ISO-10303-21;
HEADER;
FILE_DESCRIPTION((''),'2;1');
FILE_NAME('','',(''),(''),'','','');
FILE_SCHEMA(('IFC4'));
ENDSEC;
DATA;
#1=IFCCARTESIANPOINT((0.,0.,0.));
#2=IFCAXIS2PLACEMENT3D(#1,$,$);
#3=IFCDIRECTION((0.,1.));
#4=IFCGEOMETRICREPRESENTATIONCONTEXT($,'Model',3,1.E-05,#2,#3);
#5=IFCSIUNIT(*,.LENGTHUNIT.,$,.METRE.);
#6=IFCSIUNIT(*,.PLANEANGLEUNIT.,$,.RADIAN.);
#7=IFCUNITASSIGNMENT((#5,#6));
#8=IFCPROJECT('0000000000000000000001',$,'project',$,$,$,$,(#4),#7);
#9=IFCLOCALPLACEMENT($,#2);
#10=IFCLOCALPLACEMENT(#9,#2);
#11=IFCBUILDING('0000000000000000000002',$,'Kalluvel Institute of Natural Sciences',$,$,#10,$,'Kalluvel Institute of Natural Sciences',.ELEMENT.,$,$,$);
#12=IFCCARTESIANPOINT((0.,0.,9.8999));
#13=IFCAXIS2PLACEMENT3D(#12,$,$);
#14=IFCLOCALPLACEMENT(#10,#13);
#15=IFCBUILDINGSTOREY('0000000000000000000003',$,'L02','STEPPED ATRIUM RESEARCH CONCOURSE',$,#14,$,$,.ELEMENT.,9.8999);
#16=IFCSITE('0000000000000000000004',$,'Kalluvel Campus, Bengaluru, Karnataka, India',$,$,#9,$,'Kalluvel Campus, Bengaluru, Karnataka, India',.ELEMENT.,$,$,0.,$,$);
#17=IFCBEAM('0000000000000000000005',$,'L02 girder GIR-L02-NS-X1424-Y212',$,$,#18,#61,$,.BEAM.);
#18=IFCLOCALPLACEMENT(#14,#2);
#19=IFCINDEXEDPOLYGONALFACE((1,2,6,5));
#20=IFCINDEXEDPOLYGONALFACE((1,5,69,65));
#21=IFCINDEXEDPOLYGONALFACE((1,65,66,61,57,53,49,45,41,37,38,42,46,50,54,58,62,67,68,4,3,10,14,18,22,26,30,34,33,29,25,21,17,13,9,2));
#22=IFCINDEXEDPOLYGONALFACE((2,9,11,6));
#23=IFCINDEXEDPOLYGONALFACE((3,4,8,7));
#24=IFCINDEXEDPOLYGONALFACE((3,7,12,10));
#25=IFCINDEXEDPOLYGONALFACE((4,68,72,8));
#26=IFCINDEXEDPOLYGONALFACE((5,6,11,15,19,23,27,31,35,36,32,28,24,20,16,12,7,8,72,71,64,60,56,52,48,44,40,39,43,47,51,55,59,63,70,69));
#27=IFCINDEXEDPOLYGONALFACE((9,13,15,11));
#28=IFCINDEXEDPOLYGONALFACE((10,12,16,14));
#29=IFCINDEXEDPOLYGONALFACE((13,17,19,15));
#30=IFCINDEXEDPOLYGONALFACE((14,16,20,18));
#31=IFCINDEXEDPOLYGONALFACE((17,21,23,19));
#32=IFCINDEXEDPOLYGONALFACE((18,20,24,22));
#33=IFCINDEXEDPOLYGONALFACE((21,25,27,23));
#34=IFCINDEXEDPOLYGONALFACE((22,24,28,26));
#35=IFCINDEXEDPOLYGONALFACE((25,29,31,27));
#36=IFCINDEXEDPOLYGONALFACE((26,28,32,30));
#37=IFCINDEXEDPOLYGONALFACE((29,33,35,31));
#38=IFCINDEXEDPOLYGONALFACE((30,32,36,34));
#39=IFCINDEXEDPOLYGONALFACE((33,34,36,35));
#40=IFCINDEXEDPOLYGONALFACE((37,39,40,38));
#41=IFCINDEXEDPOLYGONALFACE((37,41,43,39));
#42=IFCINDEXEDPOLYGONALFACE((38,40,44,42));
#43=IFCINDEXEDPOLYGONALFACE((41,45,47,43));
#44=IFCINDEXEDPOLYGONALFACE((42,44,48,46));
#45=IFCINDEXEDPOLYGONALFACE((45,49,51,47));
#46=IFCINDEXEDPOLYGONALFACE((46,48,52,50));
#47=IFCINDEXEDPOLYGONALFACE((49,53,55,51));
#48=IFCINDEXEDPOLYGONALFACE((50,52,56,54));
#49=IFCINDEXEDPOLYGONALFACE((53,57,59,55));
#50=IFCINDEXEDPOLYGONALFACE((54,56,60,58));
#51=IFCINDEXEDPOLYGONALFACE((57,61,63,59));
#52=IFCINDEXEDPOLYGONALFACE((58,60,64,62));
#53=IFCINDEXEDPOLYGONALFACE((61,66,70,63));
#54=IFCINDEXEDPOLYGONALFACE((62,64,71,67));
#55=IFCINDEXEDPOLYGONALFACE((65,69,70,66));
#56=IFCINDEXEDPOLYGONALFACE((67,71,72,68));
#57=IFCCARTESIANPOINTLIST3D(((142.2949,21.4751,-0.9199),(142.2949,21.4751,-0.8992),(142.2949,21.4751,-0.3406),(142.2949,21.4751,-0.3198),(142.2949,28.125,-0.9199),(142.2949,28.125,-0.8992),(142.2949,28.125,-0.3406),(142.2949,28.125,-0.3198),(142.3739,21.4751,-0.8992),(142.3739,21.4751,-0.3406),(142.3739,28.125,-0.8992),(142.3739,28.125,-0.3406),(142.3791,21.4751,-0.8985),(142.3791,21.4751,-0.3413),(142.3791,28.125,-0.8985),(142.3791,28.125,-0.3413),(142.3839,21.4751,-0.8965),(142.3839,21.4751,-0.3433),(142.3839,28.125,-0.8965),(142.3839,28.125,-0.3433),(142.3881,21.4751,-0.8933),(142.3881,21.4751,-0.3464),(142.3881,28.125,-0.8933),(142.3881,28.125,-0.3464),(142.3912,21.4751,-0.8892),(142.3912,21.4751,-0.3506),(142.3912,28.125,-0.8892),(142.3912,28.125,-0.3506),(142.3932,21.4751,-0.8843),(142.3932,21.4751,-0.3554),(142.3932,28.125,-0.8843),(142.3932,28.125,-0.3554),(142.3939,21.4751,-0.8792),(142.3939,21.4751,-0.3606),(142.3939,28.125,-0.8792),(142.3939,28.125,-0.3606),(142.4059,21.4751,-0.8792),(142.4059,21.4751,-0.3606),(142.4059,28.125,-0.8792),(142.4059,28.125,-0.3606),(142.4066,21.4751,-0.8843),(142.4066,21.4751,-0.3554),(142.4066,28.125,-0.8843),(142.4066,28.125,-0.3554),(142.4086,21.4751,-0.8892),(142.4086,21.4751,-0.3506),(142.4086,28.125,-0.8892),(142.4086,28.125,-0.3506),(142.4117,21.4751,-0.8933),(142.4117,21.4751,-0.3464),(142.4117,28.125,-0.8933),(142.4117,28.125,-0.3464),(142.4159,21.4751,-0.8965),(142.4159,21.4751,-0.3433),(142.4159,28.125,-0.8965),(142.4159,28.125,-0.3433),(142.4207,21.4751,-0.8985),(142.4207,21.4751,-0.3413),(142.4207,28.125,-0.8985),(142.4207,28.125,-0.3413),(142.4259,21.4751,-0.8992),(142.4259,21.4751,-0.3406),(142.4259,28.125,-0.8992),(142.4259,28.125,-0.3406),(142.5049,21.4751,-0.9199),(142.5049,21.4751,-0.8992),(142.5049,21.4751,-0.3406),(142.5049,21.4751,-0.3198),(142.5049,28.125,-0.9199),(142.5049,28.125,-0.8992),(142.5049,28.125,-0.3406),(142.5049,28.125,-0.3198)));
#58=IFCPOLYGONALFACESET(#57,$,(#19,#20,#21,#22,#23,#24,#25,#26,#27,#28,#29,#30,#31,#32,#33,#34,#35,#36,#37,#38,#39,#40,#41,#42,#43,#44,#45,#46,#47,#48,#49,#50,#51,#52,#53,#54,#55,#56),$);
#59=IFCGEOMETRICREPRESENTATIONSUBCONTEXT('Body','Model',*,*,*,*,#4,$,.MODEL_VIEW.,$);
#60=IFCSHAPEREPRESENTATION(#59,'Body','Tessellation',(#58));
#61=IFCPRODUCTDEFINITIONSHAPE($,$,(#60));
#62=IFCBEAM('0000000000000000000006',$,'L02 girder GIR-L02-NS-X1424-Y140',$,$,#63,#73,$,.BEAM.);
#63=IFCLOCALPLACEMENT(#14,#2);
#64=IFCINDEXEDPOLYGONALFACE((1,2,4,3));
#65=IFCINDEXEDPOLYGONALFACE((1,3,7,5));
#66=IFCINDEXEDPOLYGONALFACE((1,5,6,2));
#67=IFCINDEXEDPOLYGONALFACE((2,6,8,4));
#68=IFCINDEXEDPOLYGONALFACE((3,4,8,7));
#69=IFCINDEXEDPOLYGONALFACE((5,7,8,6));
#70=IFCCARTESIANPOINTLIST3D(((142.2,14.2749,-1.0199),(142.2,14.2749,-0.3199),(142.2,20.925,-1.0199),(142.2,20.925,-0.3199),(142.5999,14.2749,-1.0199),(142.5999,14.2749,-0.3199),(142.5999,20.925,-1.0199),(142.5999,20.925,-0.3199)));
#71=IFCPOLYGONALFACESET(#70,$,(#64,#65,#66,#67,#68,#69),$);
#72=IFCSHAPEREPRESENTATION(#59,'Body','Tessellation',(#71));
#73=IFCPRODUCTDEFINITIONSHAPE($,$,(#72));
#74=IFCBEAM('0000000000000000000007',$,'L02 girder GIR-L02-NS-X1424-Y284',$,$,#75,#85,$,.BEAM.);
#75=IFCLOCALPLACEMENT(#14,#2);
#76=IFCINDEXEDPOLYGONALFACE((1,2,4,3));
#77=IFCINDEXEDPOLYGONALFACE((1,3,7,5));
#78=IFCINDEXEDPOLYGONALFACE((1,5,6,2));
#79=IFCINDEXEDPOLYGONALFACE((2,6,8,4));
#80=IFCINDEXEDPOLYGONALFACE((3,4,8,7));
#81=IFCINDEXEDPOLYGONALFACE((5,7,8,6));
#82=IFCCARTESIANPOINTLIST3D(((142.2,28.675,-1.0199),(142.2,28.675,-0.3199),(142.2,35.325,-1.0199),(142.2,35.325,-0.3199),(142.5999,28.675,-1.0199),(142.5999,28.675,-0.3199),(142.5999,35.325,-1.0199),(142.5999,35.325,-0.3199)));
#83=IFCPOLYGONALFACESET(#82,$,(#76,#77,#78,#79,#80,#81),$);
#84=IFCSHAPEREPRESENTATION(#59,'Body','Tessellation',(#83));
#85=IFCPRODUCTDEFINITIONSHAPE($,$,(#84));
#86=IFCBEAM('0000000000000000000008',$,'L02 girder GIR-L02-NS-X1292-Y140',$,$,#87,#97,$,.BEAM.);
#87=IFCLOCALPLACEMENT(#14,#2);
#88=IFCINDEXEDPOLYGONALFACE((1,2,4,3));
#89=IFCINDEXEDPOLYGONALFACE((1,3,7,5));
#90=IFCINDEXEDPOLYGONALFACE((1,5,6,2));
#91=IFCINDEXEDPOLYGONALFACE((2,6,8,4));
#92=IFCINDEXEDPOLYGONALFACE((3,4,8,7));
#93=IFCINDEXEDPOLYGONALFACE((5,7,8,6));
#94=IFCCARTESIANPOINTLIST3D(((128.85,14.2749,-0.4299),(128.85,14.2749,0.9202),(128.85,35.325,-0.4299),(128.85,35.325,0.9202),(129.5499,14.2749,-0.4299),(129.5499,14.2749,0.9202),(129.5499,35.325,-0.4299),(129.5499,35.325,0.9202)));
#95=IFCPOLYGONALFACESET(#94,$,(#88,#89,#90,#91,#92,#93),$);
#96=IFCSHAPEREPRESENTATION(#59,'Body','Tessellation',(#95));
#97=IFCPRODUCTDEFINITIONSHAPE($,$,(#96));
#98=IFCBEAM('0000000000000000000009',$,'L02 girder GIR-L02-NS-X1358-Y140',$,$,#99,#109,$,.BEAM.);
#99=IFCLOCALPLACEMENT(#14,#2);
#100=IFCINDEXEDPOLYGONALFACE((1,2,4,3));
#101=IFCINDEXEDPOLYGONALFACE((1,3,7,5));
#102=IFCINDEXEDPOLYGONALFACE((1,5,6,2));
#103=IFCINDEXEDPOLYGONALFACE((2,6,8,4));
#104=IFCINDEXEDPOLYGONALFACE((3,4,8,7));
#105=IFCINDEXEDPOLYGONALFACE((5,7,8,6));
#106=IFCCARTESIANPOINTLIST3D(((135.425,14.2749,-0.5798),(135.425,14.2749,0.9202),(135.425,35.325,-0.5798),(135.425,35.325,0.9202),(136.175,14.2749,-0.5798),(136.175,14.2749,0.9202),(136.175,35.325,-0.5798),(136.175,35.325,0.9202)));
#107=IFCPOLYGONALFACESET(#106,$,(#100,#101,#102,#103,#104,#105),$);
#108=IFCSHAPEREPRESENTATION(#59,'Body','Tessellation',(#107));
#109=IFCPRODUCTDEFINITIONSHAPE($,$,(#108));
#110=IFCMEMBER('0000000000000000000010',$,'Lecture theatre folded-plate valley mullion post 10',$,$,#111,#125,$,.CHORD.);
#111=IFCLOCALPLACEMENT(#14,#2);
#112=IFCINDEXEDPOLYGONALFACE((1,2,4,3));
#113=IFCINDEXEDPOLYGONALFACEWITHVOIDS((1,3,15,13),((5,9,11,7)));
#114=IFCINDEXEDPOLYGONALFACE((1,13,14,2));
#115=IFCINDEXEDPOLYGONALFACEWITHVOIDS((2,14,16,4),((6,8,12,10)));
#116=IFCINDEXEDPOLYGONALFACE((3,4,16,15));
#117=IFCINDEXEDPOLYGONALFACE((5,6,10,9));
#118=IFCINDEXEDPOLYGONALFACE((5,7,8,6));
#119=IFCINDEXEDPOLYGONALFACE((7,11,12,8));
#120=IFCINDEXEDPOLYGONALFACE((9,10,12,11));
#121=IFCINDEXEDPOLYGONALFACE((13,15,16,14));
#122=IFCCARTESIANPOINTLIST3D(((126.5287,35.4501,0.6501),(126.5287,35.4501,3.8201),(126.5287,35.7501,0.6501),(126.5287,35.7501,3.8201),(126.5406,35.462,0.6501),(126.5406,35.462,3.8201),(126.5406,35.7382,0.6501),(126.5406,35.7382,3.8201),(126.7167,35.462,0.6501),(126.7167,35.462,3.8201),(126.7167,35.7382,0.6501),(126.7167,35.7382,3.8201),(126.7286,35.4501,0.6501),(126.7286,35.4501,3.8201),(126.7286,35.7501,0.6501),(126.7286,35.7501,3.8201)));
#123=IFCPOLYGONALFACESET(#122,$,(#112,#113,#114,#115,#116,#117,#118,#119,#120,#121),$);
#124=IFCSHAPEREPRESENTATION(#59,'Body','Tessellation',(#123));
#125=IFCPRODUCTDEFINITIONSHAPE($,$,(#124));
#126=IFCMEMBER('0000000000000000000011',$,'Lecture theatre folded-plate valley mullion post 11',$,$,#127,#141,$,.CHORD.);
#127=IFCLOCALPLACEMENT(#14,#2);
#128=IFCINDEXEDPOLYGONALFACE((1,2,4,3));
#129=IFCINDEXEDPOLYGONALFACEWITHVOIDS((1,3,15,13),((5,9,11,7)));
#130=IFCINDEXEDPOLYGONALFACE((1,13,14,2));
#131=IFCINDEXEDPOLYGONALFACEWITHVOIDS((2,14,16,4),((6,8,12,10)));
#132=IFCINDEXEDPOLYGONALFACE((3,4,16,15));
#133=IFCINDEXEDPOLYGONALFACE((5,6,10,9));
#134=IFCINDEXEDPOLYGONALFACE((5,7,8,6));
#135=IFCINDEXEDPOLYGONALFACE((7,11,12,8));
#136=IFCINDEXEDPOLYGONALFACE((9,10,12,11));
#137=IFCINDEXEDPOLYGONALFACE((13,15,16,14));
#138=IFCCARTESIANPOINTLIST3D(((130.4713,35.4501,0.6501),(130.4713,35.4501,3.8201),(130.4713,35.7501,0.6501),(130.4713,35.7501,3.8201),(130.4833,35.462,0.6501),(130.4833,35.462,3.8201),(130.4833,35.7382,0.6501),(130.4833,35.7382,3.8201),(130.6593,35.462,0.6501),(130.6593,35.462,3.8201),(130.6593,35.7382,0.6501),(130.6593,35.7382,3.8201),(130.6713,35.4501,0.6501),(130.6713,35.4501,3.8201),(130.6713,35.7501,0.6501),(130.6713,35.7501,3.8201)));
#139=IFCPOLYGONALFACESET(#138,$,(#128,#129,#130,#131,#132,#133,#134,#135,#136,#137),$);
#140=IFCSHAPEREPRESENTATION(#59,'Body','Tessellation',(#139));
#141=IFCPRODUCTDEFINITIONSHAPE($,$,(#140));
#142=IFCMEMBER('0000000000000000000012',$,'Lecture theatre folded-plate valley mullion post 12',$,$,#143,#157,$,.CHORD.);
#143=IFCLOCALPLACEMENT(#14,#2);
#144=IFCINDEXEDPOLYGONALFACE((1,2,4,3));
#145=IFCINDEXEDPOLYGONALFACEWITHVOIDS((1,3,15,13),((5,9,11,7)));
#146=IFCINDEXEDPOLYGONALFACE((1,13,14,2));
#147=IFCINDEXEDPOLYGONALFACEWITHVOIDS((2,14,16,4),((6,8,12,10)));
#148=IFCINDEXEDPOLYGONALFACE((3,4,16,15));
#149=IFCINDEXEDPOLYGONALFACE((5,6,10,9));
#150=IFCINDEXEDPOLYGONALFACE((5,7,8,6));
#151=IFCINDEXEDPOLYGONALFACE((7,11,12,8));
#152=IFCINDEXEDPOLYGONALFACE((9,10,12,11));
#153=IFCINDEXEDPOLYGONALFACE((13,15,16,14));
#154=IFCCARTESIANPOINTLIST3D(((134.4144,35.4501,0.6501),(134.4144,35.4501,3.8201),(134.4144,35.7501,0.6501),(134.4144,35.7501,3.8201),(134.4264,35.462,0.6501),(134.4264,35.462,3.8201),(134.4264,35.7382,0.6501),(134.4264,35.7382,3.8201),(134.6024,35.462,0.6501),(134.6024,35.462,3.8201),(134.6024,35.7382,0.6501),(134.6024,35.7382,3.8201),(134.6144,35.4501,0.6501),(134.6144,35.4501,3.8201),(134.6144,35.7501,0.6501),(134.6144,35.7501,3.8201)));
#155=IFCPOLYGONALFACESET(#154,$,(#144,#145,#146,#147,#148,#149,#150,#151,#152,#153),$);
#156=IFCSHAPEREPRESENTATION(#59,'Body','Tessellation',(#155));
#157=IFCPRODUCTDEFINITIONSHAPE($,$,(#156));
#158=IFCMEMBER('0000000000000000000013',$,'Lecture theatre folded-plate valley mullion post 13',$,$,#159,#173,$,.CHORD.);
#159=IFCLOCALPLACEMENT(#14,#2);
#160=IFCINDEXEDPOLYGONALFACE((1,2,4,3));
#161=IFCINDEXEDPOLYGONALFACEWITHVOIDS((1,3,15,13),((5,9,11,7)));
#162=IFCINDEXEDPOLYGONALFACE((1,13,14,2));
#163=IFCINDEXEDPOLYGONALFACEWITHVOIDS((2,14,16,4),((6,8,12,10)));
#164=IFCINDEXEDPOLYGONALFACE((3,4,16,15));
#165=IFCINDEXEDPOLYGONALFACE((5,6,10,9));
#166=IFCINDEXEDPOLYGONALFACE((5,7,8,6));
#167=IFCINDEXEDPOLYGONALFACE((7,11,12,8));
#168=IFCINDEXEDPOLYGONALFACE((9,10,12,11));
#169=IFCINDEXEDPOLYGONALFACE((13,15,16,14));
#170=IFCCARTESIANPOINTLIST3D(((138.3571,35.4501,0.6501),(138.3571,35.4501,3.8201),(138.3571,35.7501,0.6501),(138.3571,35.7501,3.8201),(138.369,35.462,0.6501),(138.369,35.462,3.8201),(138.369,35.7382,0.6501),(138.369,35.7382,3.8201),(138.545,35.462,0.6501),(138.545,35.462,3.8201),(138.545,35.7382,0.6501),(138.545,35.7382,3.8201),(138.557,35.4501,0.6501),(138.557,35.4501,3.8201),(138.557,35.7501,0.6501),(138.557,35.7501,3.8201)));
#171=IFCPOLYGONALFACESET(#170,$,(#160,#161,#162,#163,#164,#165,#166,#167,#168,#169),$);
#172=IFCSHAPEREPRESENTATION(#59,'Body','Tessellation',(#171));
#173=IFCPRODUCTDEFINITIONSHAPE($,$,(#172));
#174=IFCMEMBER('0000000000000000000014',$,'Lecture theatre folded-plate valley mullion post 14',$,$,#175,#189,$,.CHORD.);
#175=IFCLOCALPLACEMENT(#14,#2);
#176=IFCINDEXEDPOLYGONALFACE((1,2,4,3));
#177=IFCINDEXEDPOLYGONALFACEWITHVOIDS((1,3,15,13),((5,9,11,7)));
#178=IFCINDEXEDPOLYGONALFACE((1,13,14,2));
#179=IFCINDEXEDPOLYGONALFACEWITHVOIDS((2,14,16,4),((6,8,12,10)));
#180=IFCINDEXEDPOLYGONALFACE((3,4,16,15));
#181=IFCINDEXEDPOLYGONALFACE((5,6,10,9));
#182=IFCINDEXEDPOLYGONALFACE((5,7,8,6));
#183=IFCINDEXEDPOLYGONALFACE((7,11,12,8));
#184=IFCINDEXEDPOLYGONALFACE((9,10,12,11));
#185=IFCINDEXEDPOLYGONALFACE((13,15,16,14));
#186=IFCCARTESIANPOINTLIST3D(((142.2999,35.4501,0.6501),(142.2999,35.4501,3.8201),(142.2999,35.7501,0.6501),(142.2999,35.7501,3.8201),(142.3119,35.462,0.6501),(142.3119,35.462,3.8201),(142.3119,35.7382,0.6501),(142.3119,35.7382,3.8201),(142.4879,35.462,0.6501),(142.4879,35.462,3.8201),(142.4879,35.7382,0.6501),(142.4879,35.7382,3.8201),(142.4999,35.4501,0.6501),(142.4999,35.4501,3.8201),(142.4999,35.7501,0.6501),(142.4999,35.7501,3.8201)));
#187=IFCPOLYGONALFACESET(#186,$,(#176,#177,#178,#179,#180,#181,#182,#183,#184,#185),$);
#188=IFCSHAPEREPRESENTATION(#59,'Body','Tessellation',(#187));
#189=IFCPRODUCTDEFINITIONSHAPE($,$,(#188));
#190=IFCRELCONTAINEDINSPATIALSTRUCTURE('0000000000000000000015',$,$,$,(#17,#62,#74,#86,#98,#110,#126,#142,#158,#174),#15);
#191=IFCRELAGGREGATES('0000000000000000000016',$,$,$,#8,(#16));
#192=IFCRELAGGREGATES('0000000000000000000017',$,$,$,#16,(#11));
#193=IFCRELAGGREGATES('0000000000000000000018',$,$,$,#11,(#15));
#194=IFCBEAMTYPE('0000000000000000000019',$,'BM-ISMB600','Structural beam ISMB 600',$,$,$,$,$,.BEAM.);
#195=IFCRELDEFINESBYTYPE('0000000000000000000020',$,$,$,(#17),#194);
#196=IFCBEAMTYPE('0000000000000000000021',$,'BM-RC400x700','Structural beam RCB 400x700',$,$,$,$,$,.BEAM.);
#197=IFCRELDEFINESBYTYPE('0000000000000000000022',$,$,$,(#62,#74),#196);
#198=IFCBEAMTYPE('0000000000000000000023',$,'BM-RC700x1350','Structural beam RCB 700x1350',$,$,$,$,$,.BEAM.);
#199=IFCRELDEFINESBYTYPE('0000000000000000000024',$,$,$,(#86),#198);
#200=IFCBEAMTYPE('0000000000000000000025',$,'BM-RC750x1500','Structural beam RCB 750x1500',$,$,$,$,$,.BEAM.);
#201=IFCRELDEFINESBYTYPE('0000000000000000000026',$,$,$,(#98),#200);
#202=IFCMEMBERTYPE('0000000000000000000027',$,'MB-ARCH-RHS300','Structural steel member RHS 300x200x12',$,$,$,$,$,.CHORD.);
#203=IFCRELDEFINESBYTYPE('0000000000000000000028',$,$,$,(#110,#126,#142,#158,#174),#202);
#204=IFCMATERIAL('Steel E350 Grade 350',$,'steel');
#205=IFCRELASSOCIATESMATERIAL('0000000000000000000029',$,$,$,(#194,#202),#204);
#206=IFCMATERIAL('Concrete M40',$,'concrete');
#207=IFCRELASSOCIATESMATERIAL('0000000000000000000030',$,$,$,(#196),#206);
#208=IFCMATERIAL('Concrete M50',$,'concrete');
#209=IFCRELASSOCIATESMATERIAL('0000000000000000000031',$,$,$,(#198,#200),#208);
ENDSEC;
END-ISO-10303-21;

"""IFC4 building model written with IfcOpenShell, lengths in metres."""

from ifc_helpers import new_model, si_unit, direction, frame, origin, origin_2d, place, context, subcontext, project, spatial, rectangle, hollow_rectangle, i_section, extrude, material, material_profile, profile_set, type_object, element, save


model = new_model("IFC4")

# Units and contexts
model_context = context("Model", 3, precision=1e-05, world=origin(), true_north=direction((0.0, 1.0)))
body_context = subcontext(model_context, "Body", "Model", "MODEL_VIEW")
ifc_project = project(units=[si_unit("LENGTHUNIT", "METRE"), si_unit("PLANEANGLEUNIT", "RADIAN")], contexts=[model_context])

# Site, building, storey
site_placement = place(None, origin())
site = spatial("IfcSite", under=ifc_project, at=site_placement, Name="Kalluvel Campus, Bengaluru, Karnataka, India", LongName="Kalluvel Campus, Bengaluru, Karnataka, India", CompositionType="ELEMENT", RefElevation=0.0)
building_placement = place(site_placement, origin())
building = spatial("IfcBuilding", under=site, at=building_placement, Name="Kalluvel Institute of Natural Sciences", LongName="Kalluvel Institute of Natural Sciences", CompositionType="ELEMENT")
storey_placement = place(building_placement, frame((0.0, 0.0, 9.8999)))
storey = spatial("IfcBuildingStorey", under=building, at=storey_placement, Name="L02", Description="STEPPED ATRIUM RESEARCH CONCOURSE", CompositionType="ELEMENT", Elevation=9.8999)

# Beams
ifc_material_1 = material(Name="Steel E350 Grade 350", Category="steel")
ifc_material_profile_1 = material_profile(ifc_material_1, i_section(OverallWidth=0.21, OverallDepth=0.6001, WebThickness=0.012, FlangeThickness=0.0208, FilletRadius=0.02, at=origin_2d()), Name="ISMB 600")
ifc_profile_set_1 = profile_set([ifc_material_profile_1], Name="Steel E350 Grade 350")
beam_type_1 = type_object("IfcBeamType", Name="BM-ISMB600", Description="Structural beam ISMB 600", PredefinedType="BEAM", material=ifc_profile_set_1)
beam_1_placement = place(storey_placement, frame((142.3999, 21.4751, -0.6199), z_axis=(0.0, 1.0, 0.0), x_axis=(-1.0, 0.0, 0.0)))
element("IfcBeam", 1, at=beam_1_placement, inside=storey, type_object=beam_type_1, Name="L02 girder GIR-L02-NS-X1424-Y212", PredefinedType="BEAM", context=body_context, shape_type="SweptSolid", body=[
    extrude(i_section(OverallWidth=0.21, OverallDepth=0.6001, WebThickness=0.012, FlangeThickness=0.0208, FilletRadius=0.02, at=origin_2d()), origin(), (0.0, 0.0, 1.0), 6.6499),
])
ifc_material_2 = material(Name="Concrete M40", Category="concrete")
ifc_material_profile_2 = material_profile(ifc_material_2, rectangle(XDim=0.3999, YDim=0.7, at=origin_2d()), Name="RCB 400x700")
ifc_profile_set_2 = profile_set([ifc_material_profile_2], Name="Concrete M40")
beam_type_2 = type_object("IfcBeamType", Name="BM-RC400x700", Description="Structural beam RCB 400x700", PredefinedType="BEAM", material=ifc_profile_set_2)
beam_2_placement = place(storey_placement, frame((142.3999, 14.2749, -0.6699), z_axis=(0.0, 1.0, 0.0), x_axis=(-1.0, 0.0, 0.0)))
element("IfcBeam", 2, at=beam_2_placement, inside=storey, type_object=beam_type_2, Name="L02 girder GIR-L02-NS-X1424-Y140", PredefinedType="BEAM", context=body_context, shape_type="SweptSolid", body=[
    extrude(rectangle(XDim=0.3999, YDim=0.7, at=origin_2d()), origin(), (0.0, 0.0, 1.0), 6.6501),
])
beam_3_placement = place(storey_placement, frame((142.3999, 28.675, -0.6699), z_axis=(0.0, 1.0, 0.0), x_axis=(-1.0, 0.0, 0.0)))
element("IfcBeam", 3, at=beam_3_placement, inside=storey, type_object=beam_type_2, Name="L02 girder GIR-L02-NS-X1424-Y284", PredefinedType="BEAM", context=body_context, shape_type="SweptSolid", body=[
    extrude(rectangle(XDim=0.3999, YDim=0.7, at=origin_2d()), origin(), (0.0, 0.0, 1.0), 6.6499),
])
ifc_material_3 = material(Name="Concrete M50", Category="concrete")
ifc_material_profile_3 = material_profile(ifc_material_3, rectangle(XDim=0.7, YDim=1.3501, at=origin_2d()), Name="RCB 700x1350")
ifc_profile_set_3 = profile_set([ifc_material_profile_3], Name="Concrete M50")
beam_type_3 = type_object("IfcBeamType", Name="BM-RC700x1350", Description="Structural beam RCB 700x1350", PredefinedType="BEAM", material=ifc_profile_set_3)
beam_4_placement = place(storey_placement, frame((129.2, 14.2749, 0.2451), z_axis=(0.0, 1.0, 0.0), x_axis=(-1.0, 0.0, 0.0)))
element("IfcBeam", 4, at=beam_4_placement, inside=storey, type_object=beam_type_3, Name="L02 girder GIR-L02-NS-X1292-Y140", PredefinedType="BEAM", context=body_context, shape_type="SweptSolid", body=[
    extrude(rectangle(XDim=0.7, YDim=1.3501, at=origin_2d()), origin(), (0.0, 0.0, 1.0), 21.05),
])
ifc_material_profile_4 = material_profile(ifc_material_3, rectangle(XDim=0.75, YDim=1.5, at=origin_2d()), Name="RCB 750x1500")
ifc_profile_set_4 = profile_set([ifc_material_profile_4], Name="Concrete M50")
beam_type_4 = type_object("IfcBeamType", Name="BM-RC750x1500", Description="Structural beam RCB 750x1500", PredefinedType="BEAM", material=ifc_profile_set_4)
beam_5_placement = place(storey_placement, frame((135.8, 14.2749, 0.1702), z_axis=(0.0, 1.0, 0.0), x_axis=(-1.0, 0.0, 0.0)))
element("IfcBeam", 5, at=beam_5_placement, inside=storey, type_object=beam_type_4, Name="L02 girder GIR-L02-NS-X1358-Y140", PredefinedType="BEAM", context=body_context, shape_type="SweptSolid", body=[
    extrude(rectangle(XDim=0.75, YDim=1.5, at=origin_2d()), origin(), (0.0, 0.0, 1.0), 21.05),
])

# Members
ifc_material_profile_5 = material_profile(ifc_material_1, hollow_rectangle(XDim=0.2, YDim=0.3, WallThickness=0.012, at=origin_2d()), Name="RHS 300x200x12")
ifc_profile_set_5 = profile_set([ifc_material_profile_5], Name="Steel E350 Grade 350")
member_type = type_object("IfcMemberType", Name="MB-ARCH-RHS300", Description="Structural steel member RHS 300x200x12", PredefinedType="CHORD", material=ifc_profile_set_5)
for number, where, z_axis, x_axis, name in (
    (6, (126.6287, 35.6001, 0.6501), (0.0, 0.0, 1.0), (1.0, 0.0, 0.0), "Lecture theatre folded-plate valley mullion post 10"),
    (7, (130.5713, 35.6001, 0.6501), (0.0, 0.0, 1.0), (1.0, 0.0, 0.0), "Lecture theatre folded-plate valley mullion post 11"),
    (8, (134.5144, 35.6001, 0.6501), (0.0, 0.0, 1.0), (1.0, 0.0, 0.0), "Lecture theatre folded-plate valley mullion post 12"),
    (9, (138.457, 35.6001, 0.6501), (0.0, 0.0, 1.0), (1.0, 0.0, 0.0), "Lecture theatre folded-plate valley mullion post 13"),
    (10, (142.3999, 35.6001, 0.6501), (0.0, 0.0, 1.0), (1.0, 0.0, 0.0), "Lecture theatre folded-plate valley mullion post 14"),
):
    element("IfcMember", number, at=place(storey_placement, frame(where, z_axis=z_axis, x_axis=x_axis)), inside=storey, type_object=member_type, Name=name, PredefinedType="CHORD", context=body_context, shape_type="SweptSolid", body=[
        extrude(hollow_rectangle(XDim=0.2, YDim=0.3, WallThickness=0.012, at=origin_2d()), origin(), (0.0, 0.0, 1.0), 3.1699),
    ])

save(model, "model.ifc")
